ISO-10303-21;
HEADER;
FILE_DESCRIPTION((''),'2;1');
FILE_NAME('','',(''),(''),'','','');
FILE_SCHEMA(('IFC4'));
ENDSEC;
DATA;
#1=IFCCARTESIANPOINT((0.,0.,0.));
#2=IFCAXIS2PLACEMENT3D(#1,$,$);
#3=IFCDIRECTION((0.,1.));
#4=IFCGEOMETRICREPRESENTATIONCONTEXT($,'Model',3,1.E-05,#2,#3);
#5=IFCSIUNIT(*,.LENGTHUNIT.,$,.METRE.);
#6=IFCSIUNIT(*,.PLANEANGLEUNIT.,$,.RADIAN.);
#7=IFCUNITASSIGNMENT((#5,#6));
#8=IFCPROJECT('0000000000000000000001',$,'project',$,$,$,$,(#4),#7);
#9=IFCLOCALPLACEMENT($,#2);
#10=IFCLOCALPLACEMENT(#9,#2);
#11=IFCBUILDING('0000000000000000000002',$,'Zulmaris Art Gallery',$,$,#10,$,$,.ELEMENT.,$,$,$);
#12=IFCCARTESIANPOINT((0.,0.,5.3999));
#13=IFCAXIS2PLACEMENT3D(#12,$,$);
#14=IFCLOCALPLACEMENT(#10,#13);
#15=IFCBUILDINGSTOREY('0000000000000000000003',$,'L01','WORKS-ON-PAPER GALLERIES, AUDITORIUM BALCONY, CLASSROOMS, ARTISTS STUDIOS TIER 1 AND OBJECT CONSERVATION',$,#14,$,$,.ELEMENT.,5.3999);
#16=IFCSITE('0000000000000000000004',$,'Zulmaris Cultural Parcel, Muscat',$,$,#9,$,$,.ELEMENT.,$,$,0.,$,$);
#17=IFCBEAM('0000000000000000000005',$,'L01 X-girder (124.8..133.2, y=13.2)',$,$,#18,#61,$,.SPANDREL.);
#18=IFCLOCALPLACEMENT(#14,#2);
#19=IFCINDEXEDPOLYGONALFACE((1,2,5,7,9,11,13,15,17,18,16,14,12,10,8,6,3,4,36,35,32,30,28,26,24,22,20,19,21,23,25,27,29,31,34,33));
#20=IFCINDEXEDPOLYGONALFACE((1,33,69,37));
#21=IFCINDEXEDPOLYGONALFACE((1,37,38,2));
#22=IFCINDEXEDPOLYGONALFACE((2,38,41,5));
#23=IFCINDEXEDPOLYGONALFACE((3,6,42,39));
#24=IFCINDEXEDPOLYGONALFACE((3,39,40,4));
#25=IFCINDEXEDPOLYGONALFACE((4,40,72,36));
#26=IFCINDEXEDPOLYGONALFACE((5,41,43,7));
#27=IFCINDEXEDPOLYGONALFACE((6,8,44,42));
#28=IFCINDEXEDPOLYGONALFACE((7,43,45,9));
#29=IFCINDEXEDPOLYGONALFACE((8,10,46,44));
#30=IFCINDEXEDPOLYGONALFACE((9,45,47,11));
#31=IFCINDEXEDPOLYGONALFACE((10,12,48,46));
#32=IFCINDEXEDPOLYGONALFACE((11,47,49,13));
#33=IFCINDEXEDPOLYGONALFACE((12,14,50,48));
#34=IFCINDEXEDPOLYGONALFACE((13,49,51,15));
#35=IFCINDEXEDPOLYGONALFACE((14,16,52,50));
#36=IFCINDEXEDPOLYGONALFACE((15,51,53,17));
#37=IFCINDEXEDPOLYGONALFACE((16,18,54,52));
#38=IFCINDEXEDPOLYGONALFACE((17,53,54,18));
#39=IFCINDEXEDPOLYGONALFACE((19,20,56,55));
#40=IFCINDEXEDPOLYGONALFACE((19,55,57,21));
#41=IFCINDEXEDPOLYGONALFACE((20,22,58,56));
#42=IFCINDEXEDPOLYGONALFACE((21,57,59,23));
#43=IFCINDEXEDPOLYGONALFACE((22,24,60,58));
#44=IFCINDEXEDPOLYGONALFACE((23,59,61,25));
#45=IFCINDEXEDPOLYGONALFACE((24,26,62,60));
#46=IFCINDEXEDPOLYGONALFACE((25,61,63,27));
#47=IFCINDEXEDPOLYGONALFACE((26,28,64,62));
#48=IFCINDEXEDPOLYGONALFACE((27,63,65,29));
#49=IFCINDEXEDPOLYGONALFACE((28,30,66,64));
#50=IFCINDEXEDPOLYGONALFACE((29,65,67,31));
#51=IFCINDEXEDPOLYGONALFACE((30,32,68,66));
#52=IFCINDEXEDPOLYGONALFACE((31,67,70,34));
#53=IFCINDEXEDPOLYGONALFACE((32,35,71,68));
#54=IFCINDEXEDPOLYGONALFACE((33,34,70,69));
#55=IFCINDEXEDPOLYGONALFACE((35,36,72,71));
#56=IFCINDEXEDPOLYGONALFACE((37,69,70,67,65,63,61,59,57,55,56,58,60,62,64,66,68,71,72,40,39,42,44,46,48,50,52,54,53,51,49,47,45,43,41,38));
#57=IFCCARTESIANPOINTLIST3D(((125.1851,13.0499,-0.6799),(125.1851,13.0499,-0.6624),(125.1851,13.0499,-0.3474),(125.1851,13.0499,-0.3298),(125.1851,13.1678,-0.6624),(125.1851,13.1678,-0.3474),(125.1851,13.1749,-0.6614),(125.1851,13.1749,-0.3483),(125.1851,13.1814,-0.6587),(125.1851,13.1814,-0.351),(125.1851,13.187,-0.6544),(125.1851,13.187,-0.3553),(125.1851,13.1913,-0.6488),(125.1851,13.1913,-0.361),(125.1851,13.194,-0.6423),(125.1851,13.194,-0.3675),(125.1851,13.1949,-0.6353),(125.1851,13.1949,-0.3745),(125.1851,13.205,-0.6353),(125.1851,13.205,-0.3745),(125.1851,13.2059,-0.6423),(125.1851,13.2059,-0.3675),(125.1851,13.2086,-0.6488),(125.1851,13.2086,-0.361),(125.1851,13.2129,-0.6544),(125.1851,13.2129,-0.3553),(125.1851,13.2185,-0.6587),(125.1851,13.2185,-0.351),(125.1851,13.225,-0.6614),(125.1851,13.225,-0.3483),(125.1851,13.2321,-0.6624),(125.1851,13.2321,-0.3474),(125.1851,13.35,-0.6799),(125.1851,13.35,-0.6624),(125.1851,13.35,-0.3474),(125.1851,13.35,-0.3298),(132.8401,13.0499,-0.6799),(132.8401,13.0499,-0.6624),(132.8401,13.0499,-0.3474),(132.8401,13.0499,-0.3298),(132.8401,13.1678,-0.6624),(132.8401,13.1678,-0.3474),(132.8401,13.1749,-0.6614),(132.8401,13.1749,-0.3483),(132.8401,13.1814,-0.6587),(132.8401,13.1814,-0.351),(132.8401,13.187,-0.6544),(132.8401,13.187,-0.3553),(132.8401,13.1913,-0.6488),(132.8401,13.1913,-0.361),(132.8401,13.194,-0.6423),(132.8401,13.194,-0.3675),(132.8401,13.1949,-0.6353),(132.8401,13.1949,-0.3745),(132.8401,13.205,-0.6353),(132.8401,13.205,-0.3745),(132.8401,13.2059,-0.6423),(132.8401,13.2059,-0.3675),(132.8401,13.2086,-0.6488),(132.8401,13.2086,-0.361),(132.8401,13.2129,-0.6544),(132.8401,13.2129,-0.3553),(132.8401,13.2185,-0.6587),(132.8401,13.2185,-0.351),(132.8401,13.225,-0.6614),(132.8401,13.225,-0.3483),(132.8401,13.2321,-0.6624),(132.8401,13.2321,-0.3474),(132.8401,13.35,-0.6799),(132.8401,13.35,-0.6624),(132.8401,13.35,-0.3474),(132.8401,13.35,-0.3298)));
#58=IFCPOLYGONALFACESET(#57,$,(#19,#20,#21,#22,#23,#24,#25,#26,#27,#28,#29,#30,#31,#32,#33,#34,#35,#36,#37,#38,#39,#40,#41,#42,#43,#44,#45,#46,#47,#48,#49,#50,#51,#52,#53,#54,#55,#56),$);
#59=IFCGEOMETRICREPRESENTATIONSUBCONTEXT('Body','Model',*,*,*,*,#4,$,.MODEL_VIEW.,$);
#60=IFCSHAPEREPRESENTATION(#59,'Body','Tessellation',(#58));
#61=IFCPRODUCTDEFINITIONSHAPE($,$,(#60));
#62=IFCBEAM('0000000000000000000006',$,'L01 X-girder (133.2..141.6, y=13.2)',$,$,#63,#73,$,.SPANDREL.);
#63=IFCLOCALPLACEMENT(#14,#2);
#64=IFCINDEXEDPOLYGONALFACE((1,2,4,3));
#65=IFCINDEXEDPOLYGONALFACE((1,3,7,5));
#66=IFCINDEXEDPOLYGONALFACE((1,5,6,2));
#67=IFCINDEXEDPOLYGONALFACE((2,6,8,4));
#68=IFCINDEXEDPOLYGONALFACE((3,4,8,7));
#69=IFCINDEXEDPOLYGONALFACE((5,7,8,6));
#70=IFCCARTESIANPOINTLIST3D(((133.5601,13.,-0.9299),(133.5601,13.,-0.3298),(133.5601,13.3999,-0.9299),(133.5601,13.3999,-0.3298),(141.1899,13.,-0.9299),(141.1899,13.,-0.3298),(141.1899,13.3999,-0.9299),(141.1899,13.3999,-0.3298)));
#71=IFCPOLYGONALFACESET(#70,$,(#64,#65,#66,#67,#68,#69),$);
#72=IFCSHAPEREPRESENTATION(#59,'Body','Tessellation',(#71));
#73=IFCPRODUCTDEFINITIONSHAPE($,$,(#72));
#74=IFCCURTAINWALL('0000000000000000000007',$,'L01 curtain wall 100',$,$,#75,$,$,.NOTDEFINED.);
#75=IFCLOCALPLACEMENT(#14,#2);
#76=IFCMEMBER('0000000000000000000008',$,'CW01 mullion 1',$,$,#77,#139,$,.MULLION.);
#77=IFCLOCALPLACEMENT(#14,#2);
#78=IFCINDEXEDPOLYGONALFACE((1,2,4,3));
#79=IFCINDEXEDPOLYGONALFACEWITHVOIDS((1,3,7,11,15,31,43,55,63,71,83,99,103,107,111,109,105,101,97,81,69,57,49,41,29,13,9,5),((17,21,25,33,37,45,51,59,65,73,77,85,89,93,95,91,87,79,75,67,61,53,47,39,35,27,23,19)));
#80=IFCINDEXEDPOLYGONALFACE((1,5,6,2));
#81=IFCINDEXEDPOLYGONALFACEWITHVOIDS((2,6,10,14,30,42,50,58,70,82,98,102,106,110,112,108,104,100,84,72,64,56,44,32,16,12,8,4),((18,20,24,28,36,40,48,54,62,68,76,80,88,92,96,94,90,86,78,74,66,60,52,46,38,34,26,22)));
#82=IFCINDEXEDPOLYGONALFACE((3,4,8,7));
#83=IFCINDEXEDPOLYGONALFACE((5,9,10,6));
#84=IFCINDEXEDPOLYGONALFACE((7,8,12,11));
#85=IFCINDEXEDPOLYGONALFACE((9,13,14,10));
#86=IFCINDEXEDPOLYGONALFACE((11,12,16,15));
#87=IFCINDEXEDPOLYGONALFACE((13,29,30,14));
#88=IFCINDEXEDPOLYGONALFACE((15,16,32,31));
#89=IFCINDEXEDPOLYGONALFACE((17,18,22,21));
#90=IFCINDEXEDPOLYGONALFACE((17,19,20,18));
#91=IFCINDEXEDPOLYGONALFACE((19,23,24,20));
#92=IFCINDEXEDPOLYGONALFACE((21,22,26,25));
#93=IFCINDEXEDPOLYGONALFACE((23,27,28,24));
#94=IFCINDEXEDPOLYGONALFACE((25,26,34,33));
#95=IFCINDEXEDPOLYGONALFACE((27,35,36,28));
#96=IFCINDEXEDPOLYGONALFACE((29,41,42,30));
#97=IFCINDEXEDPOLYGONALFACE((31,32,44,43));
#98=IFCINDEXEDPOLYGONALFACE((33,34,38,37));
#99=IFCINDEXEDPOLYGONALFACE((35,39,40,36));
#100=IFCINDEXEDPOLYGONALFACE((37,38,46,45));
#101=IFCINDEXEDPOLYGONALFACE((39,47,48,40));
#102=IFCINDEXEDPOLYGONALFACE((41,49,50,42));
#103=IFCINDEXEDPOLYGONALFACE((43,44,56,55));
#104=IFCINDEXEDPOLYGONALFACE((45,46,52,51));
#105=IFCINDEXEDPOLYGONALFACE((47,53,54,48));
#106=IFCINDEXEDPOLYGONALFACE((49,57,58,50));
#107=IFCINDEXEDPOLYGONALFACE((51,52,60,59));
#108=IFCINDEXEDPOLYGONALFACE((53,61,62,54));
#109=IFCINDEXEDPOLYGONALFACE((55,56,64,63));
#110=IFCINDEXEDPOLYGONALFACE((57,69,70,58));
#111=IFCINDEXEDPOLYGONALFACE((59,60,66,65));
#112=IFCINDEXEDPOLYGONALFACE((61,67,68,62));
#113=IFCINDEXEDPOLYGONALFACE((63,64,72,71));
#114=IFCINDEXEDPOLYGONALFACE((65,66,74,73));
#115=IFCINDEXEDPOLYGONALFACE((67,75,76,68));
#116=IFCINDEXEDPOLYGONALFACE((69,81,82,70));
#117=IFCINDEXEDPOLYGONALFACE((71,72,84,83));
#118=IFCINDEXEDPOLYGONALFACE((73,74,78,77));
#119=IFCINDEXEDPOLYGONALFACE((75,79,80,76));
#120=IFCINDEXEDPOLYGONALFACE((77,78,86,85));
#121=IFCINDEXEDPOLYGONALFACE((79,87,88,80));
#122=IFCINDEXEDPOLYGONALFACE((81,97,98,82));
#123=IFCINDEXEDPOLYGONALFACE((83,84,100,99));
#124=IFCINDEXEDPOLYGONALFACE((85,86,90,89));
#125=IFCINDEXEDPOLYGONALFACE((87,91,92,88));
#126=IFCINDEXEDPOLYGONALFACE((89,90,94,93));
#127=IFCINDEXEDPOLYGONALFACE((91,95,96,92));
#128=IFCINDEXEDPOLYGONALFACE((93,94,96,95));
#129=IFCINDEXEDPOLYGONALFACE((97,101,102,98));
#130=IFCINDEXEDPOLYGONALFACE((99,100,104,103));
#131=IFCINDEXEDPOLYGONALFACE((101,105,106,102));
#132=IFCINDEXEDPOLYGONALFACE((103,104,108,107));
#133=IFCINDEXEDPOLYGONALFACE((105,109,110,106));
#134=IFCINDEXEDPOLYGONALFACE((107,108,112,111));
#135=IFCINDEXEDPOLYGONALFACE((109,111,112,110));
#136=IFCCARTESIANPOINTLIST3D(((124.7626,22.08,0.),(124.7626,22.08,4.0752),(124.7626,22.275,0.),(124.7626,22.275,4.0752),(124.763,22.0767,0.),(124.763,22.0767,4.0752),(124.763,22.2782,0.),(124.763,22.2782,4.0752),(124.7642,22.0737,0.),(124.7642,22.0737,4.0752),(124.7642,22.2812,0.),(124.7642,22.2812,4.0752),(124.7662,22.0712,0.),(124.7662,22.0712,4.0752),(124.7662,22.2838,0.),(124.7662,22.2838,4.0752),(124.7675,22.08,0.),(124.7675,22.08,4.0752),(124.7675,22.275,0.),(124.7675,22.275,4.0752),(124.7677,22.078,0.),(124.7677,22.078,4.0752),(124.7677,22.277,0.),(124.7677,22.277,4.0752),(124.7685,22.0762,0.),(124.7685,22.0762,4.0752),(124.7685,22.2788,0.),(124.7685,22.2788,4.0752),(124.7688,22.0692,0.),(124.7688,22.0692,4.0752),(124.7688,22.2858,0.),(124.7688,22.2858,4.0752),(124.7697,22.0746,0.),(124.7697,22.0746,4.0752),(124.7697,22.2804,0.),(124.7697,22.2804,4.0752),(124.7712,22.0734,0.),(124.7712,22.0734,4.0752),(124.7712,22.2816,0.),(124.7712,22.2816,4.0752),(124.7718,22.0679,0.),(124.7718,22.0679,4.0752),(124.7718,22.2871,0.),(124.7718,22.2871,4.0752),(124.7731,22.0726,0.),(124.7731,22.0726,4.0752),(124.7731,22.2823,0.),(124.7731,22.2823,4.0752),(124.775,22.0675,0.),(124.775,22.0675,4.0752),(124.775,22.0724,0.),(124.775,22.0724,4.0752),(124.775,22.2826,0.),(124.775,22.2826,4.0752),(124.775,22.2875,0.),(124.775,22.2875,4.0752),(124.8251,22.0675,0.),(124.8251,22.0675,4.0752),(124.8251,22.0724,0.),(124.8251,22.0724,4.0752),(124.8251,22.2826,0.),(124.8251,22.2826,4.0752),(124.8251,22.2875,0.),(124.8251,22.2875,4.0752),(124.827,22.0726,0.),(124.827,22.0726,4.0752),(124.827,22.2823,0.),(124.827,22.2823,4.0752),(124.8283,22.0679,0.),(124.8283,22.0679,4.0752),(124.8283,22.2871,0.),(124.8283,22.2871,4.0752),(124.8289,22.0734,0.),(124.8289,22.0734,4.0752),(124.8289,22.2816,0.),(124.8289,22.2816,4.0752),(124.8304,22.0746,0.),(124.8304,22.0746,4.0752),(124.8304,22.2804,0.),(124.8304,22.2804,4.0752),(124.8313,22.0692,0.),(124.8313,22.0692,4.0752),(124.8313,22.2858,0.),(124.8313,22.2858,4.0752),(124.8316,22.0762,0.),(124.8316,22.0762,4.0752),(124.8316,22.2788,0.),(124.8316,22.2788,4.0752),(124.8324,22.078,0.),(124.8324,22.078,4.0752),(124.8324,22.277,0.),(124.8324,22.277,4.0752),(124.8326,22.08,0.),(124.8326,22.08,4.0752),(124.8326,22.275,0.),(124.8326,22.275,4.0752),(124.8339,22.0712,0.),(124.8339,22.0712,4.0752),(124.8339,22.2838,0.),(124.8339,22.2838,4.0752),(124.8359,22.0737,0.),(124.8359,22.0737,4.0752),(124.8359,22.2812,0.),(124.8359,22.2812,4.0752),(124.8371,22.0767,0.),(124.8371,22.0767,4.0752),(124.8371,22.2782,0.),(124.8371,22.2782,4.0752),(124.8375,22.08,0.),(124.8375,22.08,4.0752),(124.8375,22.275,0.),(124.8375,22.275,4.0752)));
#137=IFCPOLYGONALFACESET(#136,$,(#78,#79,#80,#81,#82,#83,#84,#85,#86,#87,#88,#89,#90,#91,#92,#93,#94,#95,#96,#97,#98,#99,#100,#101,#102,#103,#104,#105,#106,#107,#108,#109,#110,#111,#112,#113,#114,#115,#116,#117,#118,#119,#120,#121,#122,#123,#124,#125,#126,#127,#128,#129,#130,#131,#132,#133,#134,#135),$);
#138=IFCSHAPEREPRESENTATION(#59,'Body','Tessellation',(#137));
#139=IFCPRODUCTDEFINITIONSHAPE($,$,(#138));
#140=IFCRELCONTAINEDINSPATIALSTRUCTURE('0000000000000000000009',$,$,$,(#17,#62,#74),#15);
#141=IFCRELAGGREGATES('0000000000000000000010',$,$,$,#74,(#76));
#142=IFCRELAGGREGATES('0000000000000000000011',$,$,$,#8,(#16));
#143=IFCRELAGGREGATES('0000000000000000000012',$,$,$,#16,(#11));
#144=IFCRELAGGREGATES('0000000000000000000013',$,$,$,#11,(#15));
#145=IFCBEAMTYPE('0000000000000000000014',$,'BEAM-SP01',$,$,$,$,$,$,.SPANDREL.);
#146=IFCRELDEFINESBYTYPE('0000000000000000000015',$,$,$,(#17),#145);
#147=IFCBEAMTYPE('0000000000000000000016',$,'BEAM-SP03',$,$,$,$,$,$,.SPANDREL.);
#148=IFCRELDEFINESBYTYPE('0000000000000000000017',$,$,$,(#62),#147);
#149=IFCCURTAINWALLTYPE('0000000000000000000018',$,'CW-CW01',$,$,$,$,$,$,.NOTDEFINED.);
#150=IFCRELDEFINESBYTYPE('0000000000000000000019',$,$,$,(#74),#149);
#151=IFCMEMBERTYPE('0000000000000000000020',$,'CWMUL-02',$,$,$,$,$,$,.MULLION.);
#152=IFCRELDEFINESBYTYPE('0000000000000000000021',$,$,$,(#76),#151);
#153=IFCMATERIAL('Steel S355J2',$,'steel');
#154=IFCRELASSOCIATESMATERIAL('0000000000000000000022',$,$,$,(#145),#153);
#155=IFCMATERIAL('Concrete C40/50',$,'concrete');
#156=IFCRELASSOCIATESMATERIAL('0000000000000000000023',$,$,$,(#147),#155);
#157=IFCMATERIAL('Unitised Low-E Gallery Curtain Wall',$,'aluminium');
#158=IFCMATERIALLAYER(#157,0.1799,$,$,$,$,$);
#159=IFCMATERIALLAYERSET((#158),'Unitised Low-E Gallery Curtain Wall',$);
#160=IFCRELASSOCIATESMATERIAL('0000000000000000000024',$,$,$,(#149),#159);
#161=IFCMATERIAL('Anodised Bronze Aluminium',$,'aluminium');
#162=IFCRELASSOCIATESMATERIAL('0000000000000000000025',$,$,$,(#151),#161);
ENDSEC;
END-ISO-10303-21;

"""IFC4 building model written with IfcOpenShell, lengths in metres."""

from ifc_helpers import new_model, si_unit, direction, frame, origin, origin_2d, place, context, subcontext, project, spatial, rectangle, hollow_rectangle, i_section, extrude, material, layer, layer_set, material_profile, profile_set, type_object, element, aggregate, save


model = new_model("IFC4")

# Units and contexts
model_context = context("Model", 3, precision=1e-05, world=origin(), true_north=direction((0.0, 1.0)))
body_context = subcontext(model_context, "Body", "Model", "MODEL_VIEW")
ifc_project = project(units=[si_unit("LENGTHUNIT", "METRE"), si_unit("PLANEANGLEUNIT", "RADIAN")], contexts=[model_context])

# Site, building, storey
site_placement = place(None, origin())
site = spatial("IfcSite", under=ifc_project, at=site_placement, Name="Zulmaris Cultural Parcel, Muscat", CompositionType="ELEMENT", RefElevation=0.0)
building_placement = place(site_placement, origin())
building = spatial("IfcBuilding", under=site, at=building_placement, Name="Zulmaris Art Gallery", CompositionType="ELEMENT")
storey_placement = place(building_placement, frame((0.0, 0.0, 5.3999)))
storey = spatial("IfcBuildingStorey", under=building, at=storey_placement, Name="L01", Description="WORKS-ON-PAPER GALLERIES, AUDITORIUM BALCONY, CLASSROOMS, ARTISTS STUDIOS TIER 1 AND OBJECT CONSERVATION", CompositionType="ELEMENT", Elevation=5.3999)

# Shared definitions
ifc_material_1 = material(Name="Concrete C40/50", Category="concrete")

# Beams
ifc_material_2 = material(Name="Steel S355J2", Category="steel")
ifc_material_profile_1 = material_profile(ifc_material_2, i_section(OverallWidth=0.3, OverallDepth=0.3501, WebThickness=0.01, FlangeThickness=0.0176, FilletRadius=0.0271, at=origin_2d()), Name="HEA 360")
ifc_profile_set_1 = profile_set([ifc_material_profile_1], Name="Steel S355J2")
beam_type_1 = type_object("IfcBeamType", Name="BEAM-SP01", PredefinedType="SPANDREL", material=ifc_profile_set_1)
beam_1_placement = place(storey_placement, frame((125.1851, 13.2, -0.5049), z_axis=(1.0, 0.0, 0.0), x_axis=(0.0, 1.0, 0.0)))
element("IfcBeam", 1, at=beam_1_placement, inside=storey, type_object=beam_type_1, Name="L01 X-girder (124.8..133.2, y=13.2)", PredefinedType="SPANDREL", context=body_context, shape_type="SweptSolid", body=[
    extrude(i_section(OverallWidth=0.3, OverallDepth=0.3501, WebThickness=0.01, FlangeThickness=0.0176, FilletRadius=0.0271, at=origin_2d()), origin(), (0.0, 0.0, 1.0), 7.655),
])
ifc_material_profile_2 = material_profile(ifc_material_1, rectangle(XDim=0.3999, YDim=0.6001, at=origin_2d()), Name="RC 400x600")
ifc_profile_set_2 = profile_set([ifc_material_profile_2], Name="Concrete C40/50")
beam_type_2 = type_object("IfcBeamType", Name="BEAM-SP03", PredefinedType="SPANDREL", material=ifc_profile_set_2)
beam_2_placement = place(storey_placement, frame((133.5601, 13.2, -0.6299), z_axis=(1.0, 0.0, 0.0), x_axis=(0.0, 1.0, 0.0)))
element("IfcBeam", 2, at=beam_2_placement, inside=storey, type_object=beam_type_2, Name="L01 X-girder (133.2..141.6, y=13.2)", PredefinedType="SPANDREL", context=body_context, shape_type="SweptSolid", body=[
    extrude(rectangle(XDim=0.3999, YDim=0.6001, at=origin_2d()), origin(), (0.0, 0.0, 1.0), 7.6299),
])

# Curtain wall, member
ifc_material_3 = material(Name="Unitised Low-E Gallery Curtain Wall", Category="aluminium")
ifc_layer_1 = layer(ifc_material_3, 0.1799)
ifc_layer_set_1 = layer_set([ifc_layer_1], Name="Unitised Low-E Gallery Curtain Wall")
curtain_wall_type_1 = type_object("IfcCurtainWallType", Name="CW-CW01", PredefinedType="NOTDEFINED", material=ifc_layer_set_1)
curtain_wall_1_placement = place(storey_placement, origin())
curtain_wall_1 = element("IfcCurtainWall", 3, at=curtain_wall_1_placement, inside=storey, type_object=curtain_wall_type_1, Name="L01 curtain wall 100", PredefinedType="NOTDEFINED")
ifc_material_4 = material(Name="Anodised Bronze Aluminium", Category="aluminium")
ifc_material_profile_3 = material_profile(ifc_material_4, hollow_rectangle(XDim=0.075, YDim=0.22, WallThickness=0.0049, InnerFilletRadius=0.0076, OuterFilletRadius=0.0125, at=origin_2d()), Name="ALU 75x220x5")
ifc_profile_set_3 = profile_set([ifc_material_profile_3], Name="Anodised Bronze Aluminium")
member_type_1 = type_object("IfcMemberType", Name="CWMUL-02", PredefinedType="MULLION", material=ifc_profile_set_3)
member_1_placement = place(storey_placement, frame((124.8, 22.1775, 0.0), z_axis=(0.0, 0.0, 1.0), x_axis=(-1.0, 0.0, 0.0)))
member_1 = element("IfcMember", 4, at=member_1_placement, type_object=member_type_1, Name="CW01 mullion 1", PredefinedType="MULLION", context=body_context, shape_type="SweptSolid", body=[
    extrude(hollow_rectangle(XDim=0.075, YDim=0.22, WallThickness=0.0049, InnerFilletRadius=0.0076, OuterFilletRadius=0.0125, at=origin_2d()), origin(), (0.0, 0.0, 1.0), 4.0752),
])
aggregate(curtain_wall_1, [member_1])

save(model, "model.ifc")
